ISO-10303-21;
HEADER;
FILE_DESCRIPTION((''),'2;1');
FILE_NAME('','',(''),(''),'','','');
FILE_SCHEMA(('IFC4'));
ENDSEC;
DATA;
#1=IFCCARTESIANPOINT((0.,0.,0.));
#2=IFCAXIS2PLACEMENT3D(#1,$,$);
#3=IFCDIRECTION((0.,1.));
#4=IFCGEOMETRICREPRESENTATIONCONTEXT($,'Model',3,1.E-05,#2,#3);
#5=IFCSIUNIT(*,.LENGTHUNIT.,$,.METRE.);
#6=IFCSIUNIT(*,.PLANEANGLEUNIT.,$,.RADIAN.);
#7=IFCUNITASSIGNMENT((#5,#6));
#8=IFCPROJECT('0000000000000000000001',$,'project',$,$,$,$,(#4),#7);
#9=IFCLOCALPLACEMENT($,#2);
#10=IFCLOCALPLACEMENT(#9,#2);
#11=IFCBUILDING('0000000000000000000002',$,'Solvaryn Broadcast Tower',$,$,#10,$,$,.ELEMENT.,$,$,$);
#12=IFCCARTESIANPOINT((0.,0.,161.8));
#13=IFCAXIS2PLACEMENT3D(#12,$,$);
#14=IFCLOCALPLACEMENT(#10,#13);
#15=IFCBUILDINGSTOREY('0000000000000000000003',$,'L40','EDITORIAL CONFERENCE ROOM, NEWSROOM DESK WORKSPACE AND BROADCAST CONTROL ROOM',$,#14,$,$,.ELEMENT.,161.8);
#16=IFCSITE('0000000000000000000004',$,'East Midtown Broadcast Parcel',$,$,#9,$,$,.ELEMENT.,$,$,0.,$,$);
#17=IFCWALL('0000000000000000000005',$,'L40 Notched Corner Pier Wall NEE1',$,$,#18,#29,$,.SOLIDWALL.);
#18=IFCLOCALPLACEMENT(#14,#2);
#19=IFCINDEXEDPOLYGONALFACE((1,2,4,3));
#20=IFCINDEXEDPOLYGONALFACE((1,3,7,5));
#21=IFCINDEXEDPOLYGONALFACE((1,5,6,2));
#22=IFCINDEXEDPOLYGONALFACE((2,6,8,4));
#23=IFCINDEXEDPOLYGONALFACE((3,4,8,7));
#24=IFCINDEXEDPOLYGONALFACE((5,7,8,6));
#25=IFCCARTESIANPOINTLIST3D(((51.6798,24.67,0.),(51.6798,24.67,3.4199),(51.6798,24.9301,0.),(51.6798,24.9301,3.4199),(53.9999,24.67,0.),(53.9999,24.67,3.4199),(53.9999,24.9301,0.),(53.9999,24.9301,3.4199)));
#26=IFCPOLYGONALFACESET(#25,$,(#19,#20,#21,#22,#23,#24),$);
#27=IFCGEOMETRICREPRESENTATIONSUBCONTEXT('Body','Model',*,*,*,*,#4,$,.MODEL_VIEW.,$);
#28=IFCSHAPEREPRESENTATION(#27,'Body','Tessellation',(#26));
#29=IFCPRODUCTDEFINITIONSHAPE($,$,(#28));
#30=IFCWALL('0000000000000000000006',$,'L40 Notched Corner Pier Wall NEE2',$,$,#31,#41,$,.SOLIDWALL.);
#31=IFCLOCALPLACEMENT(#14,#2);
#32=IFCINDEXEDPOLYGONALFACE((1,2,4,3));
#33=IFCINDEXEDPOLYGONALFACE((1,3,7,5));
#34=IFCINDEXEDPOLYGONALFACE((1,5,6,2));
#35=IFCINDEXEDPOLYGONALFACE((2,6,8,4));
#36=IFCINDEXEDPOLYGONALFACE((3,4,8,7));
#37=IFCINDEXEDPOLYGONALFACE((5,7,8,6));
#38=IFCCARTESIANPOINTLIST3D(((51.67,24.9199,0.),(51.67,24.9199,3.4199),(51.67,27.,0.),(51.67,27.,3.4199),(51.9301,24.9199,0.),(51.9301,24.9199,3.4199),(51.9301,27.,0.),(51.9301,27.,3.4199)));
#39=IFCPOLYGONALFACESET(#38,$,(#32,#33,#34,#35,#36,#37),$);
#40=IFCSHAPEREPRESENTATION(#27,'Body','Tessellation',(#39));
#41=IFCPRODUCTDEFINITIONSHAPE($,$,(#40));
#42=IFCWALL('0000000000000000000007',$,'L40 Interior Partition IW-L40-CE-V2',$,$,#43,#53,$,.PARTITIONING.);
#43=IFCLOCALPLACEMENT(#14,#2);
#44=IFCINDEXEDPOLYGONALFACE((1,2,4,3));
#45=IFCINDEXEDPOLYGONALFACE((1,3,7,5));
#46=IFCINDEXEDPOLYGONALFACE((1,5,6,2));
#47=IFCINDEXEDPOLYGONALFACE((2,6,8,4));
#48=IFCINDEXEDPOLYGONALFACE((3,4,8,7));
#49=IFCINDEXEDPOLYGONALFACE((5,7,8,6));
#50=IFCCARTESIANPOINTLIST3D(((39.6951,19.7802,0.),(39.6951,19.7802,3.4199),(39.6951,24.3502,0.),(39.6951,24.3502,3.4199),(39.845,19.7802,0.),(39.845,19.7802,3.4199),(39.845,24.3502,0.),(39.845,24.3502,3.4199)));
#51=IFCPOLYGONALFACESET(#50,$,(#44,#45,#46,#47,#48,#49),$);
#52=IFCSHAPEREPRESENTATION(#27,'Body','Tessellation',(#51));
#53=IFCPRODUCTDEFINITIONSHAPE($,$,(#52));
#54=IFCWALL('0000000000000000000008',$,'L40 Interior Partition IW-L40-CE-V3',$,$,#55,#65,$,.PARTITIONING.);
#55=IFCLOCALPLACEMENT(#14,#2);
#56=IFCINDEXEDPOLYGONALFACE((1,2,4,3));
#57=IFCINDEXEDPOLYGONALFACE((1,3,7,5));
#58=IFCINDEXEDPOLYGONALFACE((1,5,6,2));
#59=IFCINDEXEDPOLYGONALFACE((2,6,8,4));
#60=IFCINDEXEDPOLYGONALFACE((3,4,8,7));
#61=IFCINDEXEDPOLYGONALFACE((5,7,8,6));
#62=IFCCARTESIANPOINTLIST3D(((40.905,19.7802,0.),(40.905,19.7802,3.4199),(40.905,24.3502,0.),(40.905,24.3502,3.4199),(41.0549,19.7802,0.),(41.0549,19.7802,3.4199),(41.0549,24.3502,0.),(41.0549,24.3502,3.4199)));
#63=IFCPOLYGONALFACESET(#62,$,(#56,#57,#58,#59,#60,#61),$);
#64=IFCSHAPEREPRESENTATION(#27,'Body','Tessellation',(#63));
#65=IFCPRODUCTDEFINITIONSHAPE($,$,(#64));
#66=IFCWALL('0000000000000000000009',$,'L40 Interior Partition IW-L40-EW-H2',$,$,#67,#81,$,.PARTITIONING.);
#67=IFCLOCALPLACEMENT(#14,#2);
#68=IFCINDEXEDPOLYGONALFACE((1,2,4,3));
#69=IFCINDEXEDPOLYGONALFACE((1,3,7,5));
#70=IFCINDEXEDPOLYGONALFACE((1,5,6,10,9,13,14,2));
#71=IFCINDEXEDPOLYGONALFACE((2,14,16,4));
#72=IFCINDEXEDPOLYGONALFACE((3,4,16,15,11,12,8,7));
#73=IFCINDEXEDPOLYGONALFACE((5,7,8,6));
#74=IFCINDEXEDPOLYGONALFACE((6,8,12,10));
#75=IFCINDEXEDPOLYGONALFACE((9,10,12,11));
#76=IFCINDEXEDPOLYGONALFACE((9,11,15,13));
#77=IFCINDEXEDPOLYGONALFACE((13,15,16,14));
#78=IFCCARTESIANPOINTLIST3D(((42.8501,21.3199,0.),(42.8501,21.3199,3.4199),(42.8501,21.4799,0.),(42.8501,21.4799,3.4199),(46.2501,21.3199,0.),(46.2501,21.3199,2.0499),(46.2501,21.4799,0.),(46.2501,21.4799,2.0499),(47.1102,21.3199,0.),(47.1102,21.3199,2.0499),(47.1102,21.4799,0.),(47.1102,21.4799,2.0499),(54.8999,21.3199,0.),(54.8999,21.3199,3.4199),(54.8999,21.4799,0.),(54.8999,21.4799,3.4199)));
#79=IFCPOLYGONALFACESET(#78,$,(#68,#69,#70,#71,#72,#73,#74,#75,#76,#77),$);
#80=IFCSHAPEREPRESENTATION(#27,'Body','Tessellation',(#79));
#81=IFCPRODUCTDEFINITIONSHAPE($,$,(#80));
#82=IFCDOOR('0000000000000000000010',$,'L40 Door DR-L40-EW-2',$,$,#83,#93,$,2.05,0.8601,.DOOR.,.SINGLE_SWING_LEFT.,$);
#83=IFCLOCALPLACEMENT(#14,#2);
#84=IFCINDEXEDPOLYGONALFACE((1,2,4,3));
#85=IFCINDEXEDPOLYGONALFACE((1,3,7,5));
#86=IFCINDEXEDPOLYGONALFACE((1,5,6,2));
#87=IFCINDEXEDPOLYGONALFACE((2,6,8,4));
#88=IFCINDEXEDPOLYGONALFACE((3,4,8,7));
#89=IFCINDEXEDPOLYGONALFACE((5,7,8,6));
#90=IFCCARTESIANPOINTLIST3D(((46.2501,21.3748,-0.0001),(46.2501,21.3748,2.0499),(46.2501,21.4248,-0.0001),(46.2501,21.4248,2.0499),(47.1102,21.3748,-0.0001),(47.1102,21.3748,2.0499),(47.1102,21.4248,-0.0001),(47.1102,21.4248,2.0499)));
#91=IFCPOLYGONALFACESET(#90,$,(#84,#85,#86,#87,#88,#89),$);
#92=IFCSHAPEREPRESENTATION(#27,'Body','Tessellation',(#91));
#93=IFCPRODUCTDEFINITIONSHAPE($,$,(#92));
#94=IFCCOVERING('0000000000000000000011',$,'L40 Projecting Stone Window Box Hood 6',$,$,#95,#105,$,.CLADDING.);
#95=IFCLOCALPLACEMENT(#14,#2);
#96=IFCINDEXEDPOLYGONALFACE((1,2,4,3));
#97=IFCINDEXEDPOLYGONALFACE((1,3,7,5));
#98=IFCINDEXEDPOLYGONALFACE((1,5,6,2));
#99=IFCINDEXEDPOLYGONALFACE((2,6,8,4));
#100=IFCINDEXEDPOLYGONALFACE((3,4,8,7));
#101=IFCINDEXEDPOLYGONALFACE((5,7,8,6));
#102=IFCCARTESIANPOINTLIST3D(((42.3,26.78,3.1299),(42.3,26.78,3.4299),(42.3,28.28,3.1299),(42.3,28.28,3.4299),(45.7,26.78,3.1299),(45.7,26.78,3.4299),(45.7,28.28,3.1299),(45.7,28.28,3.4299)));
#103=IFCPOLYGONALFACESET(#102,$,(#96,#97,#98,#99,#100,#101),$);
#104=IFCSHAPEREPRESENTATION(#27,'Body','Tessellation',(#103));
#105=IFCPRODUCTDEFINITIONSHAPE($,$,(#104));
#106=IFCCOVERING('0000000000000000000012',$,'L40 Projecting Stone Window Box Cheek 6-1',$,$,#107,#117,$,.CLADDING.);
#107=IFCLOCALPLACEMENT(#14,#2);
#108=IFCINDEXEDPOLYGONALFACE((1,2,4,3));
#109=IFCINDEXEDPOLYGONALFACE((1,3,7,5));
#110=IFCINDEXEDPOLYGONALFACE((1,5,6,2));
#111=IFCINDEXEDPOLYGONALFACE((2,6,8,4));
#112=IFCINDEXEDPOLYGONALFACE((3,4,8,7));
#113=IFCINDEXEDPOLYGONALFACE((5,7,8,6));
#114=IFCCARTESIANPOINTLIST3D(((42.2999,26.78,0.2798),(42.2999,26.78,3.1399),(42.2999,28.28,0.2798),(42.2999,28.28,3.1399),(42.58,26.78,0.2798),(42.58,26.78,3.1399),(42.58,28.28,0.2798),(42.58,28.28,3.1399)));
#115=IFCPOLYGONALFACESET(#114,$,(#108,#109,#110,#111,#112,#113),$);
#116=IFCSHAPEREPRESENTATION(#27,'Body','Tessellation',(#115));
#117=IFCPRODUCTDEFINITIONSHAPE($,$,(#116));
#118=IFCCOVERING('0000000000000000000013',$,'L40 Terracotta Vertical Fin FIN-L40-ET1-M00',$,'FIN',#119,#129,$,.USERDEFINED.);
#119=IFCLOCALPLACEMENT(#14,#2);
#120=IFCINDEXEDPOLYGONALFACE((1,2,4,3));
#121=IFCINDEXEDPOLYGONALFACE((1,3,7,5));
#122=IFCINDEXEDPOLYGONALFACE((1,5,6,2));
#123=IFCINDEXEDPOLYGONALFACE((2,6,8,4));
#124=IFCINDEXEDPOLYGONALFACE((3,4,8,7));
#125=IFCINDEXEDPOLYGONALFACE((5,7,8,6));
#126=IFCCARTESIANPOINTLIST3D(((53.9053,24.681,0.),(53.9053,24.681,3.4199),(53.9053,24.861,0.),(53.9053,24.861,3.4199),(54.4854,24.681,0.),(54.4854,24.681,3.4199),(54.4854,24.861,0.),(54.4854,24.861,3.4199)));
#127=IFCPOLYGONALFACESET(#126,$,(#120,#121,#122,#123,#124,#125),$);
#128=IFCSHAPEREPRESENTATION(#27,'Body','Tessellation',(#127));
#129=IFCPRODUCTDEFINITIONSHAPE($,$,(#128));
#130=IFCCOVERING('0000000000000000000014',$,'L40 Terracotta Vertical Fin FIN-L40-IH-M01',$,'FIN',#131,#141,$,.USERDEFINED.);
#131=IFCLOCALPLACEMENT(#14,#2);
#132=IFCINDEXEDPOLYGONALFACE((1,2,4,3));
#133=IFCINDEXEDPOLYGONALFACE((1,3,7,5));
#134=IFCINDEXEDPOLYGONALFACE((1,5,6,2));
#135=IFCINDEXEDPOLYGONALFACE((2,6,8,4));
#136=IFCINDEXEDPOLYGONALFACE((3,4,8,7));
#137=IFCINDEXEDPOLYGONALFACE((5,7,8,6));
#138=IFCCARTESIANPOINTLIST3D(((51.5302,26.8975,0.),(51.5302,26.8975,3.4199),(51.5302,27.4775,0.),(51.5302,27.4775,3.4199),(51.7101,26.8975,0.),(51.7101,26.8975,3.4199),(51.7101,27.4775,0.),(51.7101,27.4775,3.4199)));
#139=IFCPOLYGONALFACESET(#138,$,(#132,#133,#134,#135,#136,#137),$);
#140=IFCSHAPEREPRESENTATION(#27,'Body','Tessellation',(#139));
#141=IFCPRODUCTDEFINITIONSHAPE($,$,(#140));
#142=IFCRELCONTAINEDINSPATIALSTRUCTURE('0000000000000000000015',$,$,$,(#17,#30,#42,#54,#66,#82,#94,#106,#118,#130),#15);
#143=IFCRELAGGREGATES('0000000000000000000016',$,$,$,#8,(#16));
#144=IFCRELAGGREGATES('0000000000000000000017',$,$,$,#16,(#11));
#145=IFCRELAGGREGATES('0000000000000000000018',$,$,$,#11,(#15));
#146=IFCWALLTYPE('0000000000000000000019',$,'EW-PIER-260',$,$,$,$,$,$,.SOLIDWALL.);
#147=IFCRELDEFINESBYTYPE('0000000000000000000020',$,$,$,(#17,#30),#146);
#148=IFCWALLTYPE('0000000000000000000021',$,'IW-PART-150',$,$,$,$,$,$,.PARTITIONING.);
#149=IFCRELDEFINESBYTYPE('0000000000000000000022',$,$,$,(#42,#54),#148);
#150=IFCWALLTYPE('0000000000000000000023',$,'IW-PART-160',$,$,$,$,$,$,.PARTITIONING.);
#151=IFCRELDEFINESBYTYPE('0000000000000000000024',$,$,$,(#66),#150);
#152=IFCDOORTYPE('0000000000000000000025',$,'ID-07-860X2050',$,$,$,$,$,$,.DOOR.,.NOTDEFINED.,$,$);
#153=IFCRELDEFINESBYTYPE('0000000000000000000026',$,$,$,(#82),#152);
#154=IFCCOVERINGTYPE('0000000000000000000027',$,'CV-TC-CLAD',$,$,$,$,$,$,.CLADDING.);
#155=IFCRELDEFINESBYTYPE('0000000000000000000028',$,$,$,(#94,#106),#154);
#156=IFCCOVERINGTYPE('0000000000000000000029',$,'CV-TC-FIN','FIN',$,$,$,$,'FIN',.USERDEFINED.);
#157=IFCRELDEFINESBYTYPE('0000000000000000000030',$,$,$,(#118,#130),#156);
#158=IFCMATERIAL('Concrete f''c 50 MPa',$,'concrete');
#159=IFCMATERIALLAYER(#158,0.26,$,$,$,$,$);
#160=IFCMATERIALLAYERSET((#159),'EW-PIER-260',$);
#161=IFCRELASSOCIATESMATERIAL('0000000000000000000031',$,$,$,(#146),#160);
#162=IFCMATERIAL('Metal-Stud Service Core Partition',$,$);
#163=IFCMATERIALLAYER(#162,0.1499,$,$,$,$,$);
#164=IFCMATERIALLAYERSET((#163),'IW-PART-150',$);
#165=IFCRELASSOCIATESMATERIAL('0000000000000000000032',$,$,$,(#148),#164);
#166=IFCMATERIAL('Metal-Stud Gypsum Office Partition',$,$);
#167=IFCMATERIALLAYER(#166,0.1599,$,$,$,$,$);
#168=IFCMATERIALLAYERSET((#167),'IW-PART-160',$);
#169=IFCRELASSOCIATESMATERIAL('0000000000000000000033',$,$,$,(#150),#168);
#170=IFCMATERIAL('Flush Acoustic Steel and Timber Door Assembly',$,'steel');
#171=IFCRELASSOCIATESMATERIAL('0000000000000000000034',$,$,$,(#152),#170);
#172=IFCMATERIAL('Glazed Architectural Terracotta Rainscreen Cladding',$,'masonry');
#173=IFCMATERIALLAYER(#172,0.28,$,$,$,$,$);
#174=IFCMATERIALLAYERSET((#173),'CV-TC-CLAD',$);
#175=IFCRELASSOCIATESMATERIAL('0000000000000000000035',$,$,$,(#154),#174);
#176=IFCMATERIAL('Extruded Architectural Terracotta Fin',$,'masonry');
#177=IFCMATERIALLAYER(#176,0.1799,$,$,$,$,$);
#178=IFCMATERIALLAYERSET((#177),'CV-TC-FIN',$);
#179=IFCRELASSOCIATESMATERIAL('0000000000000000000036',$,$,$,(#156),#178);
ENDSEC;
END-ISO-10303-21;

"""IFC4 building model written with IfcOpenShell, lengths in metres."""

from ifc_helpers import new_model, si_unit, direction, frame, frame_2d, origin, origin_2d, place, context, subcontext, project, spatial, rectangle, extrude, material, layer, layer_set, type_object, element, fill, save


model = new_model("IFC4")

# Units and contexts
model_context = context("Model", 3, precision=1e-05, world=origin(), true_north=direction((0.0, 1.0)))
body_context = subcontext(model_context, "Body", "Model", "MODEL_VIEW")
ifc_project = project(units=[si_unit("LENGTHUNIT", "METRE"), si_unit("PLANEANGLEUNIT", "RADIAN")], contexts=[model_context])

# Site, building, storey
site_placement = place(None, origin())
site = spatial("IfcSite", under=ifc_project, at=site_placement, Name="East Midtown Broadcast Parcel", CompositionType="ELEMENT", RefElevation=0.0)
building_placement = place(site_placement, origin())
building = spatial("IfcBuilding", under=site, at=building_placement, Name="Solvaryn Broadcast Tower", CompositionType="ELEMENT")
storey_placement = place(building_placement, frame((0.0, 0.0, 161.8)))
storey = spatial("IfcBuildingStorey", under=building, at=storey_placement, Name="L40", Description="EDITORIAL CONFERENCE ROOM, NEWSROOM DESK WORKSPACE AND BROADCAST CONTROL ROOM", CompositionType="ELEMENT", Elevation=161.8)

# Walls
ifc_material_1 = material(Name="Concrete f'c 50 MPa", Category="concrete")
ifc_layer_1 = layer(ifc_material_1, 0.26)
ifc_layer_set_1 = layer_set([ifc_layer_1], Name="EW-PIER-260")
wall_type_1 = type_object("IfcWallType", Name="EW-PIER-260", PredefinedType="SOLIDWALL", material=ifc_layer_set_1)
wall_1_placement = place(storey_placement, frame((54.0, 24.8, 0.0), z_axis=(0.0, 0.0, 1.0), x_axis=(-1.0, 0.0, 0.0)))
element("IfcWall", 1, at=wall_1_placement, inside=storey, type_object=wall_type_1, Name="L40 Notched Corner Pier Wall NEE1", PredefinedType="SOLIDWALL", context=body_context, shape_type="SweptSolid", body=[
    extrude(rectangle(XDim=2.3201, YDim=0.26, at=frame_2d((1.1602, 0.0))), origin(), (0.0, 0.0, 1.0), 3.4199),
])
wall_2_placement = place(storey_placement, frame((51.8, 24.9199, 0.0), z_axis=(0.0, 0.0, 1.0), x_axis=(0.0, 1.0, 0.0)))
element("IfcWall", 2, at=wall_2_placement, inside=storey, type_object=wall_type_1, Name="L40 Notched Corner Pier Wall NEE2", PredefinedType="SOLIDWALL", context=body_context, shape_type="SweptSolid", body=[
    extrude(rectangle(XDim=2.0801, YDim=0.26, at=frame_2d((1.04, 0.0))), origin(), (0.0, 0.0, 1.0), 3.4199),
])
ifc_material_2 = material(Name="Metal-Stud Service Core Partition")
ifc_layer_2 = layer(ifc_material_2, 0.1499)
ifc_layer_set_2 = layer_set([ifc_layer_2], Name="IW-PART-150")
wall_type_2 = type_object("IfcWallType", Name="IW-PART-150", PredefinedType="PARTITIONING", material=ifc_layer_set_2)
for number, where, z_axis, x_axis, name in (
    (3, (39.77, 19.78, 0.0), (0.0, 0.0, 1.0), (0.0, 1.0, 0.0), "L40 Interior Partition IW-L40-CE-V2"),
    (4, (40.98, 19.78, 0.0), (0.0, 0.0, 1.0), (0.0, 1.0, 0.0), "L40 Interior Partition IW-L40-CE-V3"),
):
    element("IfcWall", number, at=place(storey_placement, frame(where, z_axis=z_axis, x_axis=x_axis)), inside=storey, type_object=wall_type_2, Name=name, PredefinedType="PARTITIONING", context=body_context, shape_type="SweptSolid", body=[
        extrude(rectangle(XDim=4.5701, YDim=0.1499, at=frame_2d((2.2852, 0.0))), origin(), (0.0, 0.0, 1.0), 3.4199),
    ])

# Wall, opening, door
ifc_material_3 = material(Name="Metal-Stud Gypsum Office Partition")
ifc_layer_3 = layer(ifc_material_3, 0.1599)
ifc_layer_set_3 = layer_set([ifc_layer_3], Name="IW-PART-160")
wall_type_3 = type_object("IfcWallType", Name="IW-PART-160", PredefinedType="PARTITIONING", material=ifc_layer_set_3)
wall_3_placement = place(storey_placement, frame((42.8501, 21.3999, 0.0), z_axis=(0.0, 0.0, 1.0), x_axis=(1.0, 0.0, 0.0)))
wall_3 = element("IfcWall", 5, at=wall_3_placement, inside=storey, type_object=wall_type_3, Name="L40 Interior Partition IW-L40-EW-H2", PredefinedType="PARTITIONING", context=body_context, shape_type="SweptSolid", body=[
    extrude(rectangle(XDim=12.0498, YDim=0.1599, at=frame_2d((6.0249, 0.0))), origin(), (0.0, 0.0, 1.0), 3.4199),
])
opening_1_placement = place(wall_3_placement, frame((3.3999, 0.0, 0.0)))
opening_1 = element("IfcOpeningElement", 6, at=opening_1_placement, cuts=wall_3, PredefinedType="OPENING", context=body_context, shape_type="SweptSolid", body=[
    extrude(rectangle(XDim=0.8601, YDim=2.05, at=frame_2d((0.4302, 1.0249))), frame((0.0, 0.0901, 0.0), z_axis=(0.0, -1.0, 0.0), x_axis=(1.0, 0.0, 0.0)), (0.0, 0.0, 1.0), 0.1799),
])
ifc_material_4 = material(Name="Flush Acoustic Steel and Timber Door Assembly", Category="steel")
door_type_1 = type_object("IfcDoorType", Name="ID-07-860X2050", OperationType="NOTDEFINED", PredefinedType="DOOR", material=ifc_material_4)
door_1_placement = place(opening_1_placement, origin())
door_1 = element("IfcDoor", 7, at=door_1_placement, inside=storey, type_object=door_type_1, Name="L40 Door DR-L40-EW-2", OperationType="SINGLE_SWING_LEFT", OverallHeight=2.05, OverallWidth=0.8601, PredefinedType="DOOR", context=body_context, shape_type="SweptSolid", body=[
    extrude(rectangle(XDim=0.8601, YDim=2.05, at=frame_2d((0.4302, 1.0249))), frame((0.0, 0.0249, 0.0), z_axis=(0.0, -1.0, 0.0), x_axis=(1.0, 0.0, 0.0)), (0.0, 0.0, 1.0), 0.05),
])
fill(opening_1, door_1)

# Coverings
ifc_material_5 = material(Name="Glazed Architectural Terracotta Rainscreen Cladding", Category="masonry")
ifc_layer_4 = layer(ifc_material_5, 0.28)
ifc_layer_set_4 = layer_set([ifc_layer_4], Name="CV-TC-CLAD")
covering_type_1 = type_object("IfcCoveringType", Name="CV-TC-CLAD", PredefinedType="CLADDING", material=ifc_layer_set_4)
covering_1_placement = place(storey_placement, frame((44.0, 27.53, 3.1299), z_axis=(0.0, 0.0, 1.0), x_axis=(1.0, 0.0, 0.0)))
element("IfcCovering", 8, at=covering_1_placement, inside=storey, type_object=covering_type_1, Name="L40 Projecting Stone Window Box Hood 6", PredefinedType="CLADDING", context=body_context, shape_type="SweptSolid", body=[
    extrude(rectangle(XDim=3.3999, YDim=1.5, at=origin_2d()), origin(), (0.0, 0.0, 1.0), 0.3),
])
covering_2_placement = place(storey_placement, frame((42.4399, 27.53, 0.2798), z_axis=(0.0, 0.0, 1.0), x_axis=(1.0, 0.0, 0.0)))
element("IfcCovering", 9, at=covering_2_placement, inside=storey, type_object=covering_type_1, Name="L40 Projecting Stone Window Box Cheek 6-1", PredefinedType="CLADDING", context=body_context, shape_type="SweptSolid", body=[
    extrude(rectangle(XDim=0.28, YDim=1.5, at=origin_2d()), origin(), (0.0, 0.0, 1.0), 2.8601),
])
ifc_material_6 = material(Name="Extruded Architectural Terracotta Fin", Category="masonry")
ifc_layer_5 = layer(ifc_material_6, 0.1799)
ifc_layer_set_5 = layer_set([ifc_layer_5], Name="CV-TC-FIN")
covering_type_2 = type_object("IfcCoveringType", Name="CV-TC-FIN", Description="FIN", ElementType="FIN", PredefinedType="USERDEFINED", material=ifc_layer_set_5)
covering_3_placement = place(storey_placement, frame((54.1953, 24.771, 0.0), z_axis=(0.0, 0.0, 1.0), x_axis=(1.0, 0.0, 0.0)))
element("IfcCovering", 10, at=covering_3_placement, inside=storey, type_object=covering_type_2, Name="L40 Terracotta Vertical Fin FIN-L40-ET1-M00", ObjectType="FIN", PredefinedType="USERDEFINED", context=body_context, shape_type="SweptSolid", body=[
    extrude(rectangle(XDim=0.5801, YDim=0.1799, at=origin_2d()), origin(), (0.0, 0.0, 1.0), 3.4199),
])
covering_4_placement = place(storey_placement, frame((51.6201, 27.1875, 0.0), z_axis=(0.0, 0.0, 1.0), x_axis=(1.0, 0.0, 0.0)))
element("IfcCovering", 11, at=covering_4_placement, inside=storey, type_object=covering_type_2, Name="L40 Terracotta Vertical Fin FIN-L40-IH-M01", ObjectType="FIN", PredefinedType="USERDEFINED", context=body_context, shape_type="SweptSolid", body=[
    extrude(rectangle(XDim=0.1799, YDim=0.5801, at=origin_2d()), origin(), (0.0, 0.0, 1.0), 3.4199),
])

save(model, "model.ifc")
